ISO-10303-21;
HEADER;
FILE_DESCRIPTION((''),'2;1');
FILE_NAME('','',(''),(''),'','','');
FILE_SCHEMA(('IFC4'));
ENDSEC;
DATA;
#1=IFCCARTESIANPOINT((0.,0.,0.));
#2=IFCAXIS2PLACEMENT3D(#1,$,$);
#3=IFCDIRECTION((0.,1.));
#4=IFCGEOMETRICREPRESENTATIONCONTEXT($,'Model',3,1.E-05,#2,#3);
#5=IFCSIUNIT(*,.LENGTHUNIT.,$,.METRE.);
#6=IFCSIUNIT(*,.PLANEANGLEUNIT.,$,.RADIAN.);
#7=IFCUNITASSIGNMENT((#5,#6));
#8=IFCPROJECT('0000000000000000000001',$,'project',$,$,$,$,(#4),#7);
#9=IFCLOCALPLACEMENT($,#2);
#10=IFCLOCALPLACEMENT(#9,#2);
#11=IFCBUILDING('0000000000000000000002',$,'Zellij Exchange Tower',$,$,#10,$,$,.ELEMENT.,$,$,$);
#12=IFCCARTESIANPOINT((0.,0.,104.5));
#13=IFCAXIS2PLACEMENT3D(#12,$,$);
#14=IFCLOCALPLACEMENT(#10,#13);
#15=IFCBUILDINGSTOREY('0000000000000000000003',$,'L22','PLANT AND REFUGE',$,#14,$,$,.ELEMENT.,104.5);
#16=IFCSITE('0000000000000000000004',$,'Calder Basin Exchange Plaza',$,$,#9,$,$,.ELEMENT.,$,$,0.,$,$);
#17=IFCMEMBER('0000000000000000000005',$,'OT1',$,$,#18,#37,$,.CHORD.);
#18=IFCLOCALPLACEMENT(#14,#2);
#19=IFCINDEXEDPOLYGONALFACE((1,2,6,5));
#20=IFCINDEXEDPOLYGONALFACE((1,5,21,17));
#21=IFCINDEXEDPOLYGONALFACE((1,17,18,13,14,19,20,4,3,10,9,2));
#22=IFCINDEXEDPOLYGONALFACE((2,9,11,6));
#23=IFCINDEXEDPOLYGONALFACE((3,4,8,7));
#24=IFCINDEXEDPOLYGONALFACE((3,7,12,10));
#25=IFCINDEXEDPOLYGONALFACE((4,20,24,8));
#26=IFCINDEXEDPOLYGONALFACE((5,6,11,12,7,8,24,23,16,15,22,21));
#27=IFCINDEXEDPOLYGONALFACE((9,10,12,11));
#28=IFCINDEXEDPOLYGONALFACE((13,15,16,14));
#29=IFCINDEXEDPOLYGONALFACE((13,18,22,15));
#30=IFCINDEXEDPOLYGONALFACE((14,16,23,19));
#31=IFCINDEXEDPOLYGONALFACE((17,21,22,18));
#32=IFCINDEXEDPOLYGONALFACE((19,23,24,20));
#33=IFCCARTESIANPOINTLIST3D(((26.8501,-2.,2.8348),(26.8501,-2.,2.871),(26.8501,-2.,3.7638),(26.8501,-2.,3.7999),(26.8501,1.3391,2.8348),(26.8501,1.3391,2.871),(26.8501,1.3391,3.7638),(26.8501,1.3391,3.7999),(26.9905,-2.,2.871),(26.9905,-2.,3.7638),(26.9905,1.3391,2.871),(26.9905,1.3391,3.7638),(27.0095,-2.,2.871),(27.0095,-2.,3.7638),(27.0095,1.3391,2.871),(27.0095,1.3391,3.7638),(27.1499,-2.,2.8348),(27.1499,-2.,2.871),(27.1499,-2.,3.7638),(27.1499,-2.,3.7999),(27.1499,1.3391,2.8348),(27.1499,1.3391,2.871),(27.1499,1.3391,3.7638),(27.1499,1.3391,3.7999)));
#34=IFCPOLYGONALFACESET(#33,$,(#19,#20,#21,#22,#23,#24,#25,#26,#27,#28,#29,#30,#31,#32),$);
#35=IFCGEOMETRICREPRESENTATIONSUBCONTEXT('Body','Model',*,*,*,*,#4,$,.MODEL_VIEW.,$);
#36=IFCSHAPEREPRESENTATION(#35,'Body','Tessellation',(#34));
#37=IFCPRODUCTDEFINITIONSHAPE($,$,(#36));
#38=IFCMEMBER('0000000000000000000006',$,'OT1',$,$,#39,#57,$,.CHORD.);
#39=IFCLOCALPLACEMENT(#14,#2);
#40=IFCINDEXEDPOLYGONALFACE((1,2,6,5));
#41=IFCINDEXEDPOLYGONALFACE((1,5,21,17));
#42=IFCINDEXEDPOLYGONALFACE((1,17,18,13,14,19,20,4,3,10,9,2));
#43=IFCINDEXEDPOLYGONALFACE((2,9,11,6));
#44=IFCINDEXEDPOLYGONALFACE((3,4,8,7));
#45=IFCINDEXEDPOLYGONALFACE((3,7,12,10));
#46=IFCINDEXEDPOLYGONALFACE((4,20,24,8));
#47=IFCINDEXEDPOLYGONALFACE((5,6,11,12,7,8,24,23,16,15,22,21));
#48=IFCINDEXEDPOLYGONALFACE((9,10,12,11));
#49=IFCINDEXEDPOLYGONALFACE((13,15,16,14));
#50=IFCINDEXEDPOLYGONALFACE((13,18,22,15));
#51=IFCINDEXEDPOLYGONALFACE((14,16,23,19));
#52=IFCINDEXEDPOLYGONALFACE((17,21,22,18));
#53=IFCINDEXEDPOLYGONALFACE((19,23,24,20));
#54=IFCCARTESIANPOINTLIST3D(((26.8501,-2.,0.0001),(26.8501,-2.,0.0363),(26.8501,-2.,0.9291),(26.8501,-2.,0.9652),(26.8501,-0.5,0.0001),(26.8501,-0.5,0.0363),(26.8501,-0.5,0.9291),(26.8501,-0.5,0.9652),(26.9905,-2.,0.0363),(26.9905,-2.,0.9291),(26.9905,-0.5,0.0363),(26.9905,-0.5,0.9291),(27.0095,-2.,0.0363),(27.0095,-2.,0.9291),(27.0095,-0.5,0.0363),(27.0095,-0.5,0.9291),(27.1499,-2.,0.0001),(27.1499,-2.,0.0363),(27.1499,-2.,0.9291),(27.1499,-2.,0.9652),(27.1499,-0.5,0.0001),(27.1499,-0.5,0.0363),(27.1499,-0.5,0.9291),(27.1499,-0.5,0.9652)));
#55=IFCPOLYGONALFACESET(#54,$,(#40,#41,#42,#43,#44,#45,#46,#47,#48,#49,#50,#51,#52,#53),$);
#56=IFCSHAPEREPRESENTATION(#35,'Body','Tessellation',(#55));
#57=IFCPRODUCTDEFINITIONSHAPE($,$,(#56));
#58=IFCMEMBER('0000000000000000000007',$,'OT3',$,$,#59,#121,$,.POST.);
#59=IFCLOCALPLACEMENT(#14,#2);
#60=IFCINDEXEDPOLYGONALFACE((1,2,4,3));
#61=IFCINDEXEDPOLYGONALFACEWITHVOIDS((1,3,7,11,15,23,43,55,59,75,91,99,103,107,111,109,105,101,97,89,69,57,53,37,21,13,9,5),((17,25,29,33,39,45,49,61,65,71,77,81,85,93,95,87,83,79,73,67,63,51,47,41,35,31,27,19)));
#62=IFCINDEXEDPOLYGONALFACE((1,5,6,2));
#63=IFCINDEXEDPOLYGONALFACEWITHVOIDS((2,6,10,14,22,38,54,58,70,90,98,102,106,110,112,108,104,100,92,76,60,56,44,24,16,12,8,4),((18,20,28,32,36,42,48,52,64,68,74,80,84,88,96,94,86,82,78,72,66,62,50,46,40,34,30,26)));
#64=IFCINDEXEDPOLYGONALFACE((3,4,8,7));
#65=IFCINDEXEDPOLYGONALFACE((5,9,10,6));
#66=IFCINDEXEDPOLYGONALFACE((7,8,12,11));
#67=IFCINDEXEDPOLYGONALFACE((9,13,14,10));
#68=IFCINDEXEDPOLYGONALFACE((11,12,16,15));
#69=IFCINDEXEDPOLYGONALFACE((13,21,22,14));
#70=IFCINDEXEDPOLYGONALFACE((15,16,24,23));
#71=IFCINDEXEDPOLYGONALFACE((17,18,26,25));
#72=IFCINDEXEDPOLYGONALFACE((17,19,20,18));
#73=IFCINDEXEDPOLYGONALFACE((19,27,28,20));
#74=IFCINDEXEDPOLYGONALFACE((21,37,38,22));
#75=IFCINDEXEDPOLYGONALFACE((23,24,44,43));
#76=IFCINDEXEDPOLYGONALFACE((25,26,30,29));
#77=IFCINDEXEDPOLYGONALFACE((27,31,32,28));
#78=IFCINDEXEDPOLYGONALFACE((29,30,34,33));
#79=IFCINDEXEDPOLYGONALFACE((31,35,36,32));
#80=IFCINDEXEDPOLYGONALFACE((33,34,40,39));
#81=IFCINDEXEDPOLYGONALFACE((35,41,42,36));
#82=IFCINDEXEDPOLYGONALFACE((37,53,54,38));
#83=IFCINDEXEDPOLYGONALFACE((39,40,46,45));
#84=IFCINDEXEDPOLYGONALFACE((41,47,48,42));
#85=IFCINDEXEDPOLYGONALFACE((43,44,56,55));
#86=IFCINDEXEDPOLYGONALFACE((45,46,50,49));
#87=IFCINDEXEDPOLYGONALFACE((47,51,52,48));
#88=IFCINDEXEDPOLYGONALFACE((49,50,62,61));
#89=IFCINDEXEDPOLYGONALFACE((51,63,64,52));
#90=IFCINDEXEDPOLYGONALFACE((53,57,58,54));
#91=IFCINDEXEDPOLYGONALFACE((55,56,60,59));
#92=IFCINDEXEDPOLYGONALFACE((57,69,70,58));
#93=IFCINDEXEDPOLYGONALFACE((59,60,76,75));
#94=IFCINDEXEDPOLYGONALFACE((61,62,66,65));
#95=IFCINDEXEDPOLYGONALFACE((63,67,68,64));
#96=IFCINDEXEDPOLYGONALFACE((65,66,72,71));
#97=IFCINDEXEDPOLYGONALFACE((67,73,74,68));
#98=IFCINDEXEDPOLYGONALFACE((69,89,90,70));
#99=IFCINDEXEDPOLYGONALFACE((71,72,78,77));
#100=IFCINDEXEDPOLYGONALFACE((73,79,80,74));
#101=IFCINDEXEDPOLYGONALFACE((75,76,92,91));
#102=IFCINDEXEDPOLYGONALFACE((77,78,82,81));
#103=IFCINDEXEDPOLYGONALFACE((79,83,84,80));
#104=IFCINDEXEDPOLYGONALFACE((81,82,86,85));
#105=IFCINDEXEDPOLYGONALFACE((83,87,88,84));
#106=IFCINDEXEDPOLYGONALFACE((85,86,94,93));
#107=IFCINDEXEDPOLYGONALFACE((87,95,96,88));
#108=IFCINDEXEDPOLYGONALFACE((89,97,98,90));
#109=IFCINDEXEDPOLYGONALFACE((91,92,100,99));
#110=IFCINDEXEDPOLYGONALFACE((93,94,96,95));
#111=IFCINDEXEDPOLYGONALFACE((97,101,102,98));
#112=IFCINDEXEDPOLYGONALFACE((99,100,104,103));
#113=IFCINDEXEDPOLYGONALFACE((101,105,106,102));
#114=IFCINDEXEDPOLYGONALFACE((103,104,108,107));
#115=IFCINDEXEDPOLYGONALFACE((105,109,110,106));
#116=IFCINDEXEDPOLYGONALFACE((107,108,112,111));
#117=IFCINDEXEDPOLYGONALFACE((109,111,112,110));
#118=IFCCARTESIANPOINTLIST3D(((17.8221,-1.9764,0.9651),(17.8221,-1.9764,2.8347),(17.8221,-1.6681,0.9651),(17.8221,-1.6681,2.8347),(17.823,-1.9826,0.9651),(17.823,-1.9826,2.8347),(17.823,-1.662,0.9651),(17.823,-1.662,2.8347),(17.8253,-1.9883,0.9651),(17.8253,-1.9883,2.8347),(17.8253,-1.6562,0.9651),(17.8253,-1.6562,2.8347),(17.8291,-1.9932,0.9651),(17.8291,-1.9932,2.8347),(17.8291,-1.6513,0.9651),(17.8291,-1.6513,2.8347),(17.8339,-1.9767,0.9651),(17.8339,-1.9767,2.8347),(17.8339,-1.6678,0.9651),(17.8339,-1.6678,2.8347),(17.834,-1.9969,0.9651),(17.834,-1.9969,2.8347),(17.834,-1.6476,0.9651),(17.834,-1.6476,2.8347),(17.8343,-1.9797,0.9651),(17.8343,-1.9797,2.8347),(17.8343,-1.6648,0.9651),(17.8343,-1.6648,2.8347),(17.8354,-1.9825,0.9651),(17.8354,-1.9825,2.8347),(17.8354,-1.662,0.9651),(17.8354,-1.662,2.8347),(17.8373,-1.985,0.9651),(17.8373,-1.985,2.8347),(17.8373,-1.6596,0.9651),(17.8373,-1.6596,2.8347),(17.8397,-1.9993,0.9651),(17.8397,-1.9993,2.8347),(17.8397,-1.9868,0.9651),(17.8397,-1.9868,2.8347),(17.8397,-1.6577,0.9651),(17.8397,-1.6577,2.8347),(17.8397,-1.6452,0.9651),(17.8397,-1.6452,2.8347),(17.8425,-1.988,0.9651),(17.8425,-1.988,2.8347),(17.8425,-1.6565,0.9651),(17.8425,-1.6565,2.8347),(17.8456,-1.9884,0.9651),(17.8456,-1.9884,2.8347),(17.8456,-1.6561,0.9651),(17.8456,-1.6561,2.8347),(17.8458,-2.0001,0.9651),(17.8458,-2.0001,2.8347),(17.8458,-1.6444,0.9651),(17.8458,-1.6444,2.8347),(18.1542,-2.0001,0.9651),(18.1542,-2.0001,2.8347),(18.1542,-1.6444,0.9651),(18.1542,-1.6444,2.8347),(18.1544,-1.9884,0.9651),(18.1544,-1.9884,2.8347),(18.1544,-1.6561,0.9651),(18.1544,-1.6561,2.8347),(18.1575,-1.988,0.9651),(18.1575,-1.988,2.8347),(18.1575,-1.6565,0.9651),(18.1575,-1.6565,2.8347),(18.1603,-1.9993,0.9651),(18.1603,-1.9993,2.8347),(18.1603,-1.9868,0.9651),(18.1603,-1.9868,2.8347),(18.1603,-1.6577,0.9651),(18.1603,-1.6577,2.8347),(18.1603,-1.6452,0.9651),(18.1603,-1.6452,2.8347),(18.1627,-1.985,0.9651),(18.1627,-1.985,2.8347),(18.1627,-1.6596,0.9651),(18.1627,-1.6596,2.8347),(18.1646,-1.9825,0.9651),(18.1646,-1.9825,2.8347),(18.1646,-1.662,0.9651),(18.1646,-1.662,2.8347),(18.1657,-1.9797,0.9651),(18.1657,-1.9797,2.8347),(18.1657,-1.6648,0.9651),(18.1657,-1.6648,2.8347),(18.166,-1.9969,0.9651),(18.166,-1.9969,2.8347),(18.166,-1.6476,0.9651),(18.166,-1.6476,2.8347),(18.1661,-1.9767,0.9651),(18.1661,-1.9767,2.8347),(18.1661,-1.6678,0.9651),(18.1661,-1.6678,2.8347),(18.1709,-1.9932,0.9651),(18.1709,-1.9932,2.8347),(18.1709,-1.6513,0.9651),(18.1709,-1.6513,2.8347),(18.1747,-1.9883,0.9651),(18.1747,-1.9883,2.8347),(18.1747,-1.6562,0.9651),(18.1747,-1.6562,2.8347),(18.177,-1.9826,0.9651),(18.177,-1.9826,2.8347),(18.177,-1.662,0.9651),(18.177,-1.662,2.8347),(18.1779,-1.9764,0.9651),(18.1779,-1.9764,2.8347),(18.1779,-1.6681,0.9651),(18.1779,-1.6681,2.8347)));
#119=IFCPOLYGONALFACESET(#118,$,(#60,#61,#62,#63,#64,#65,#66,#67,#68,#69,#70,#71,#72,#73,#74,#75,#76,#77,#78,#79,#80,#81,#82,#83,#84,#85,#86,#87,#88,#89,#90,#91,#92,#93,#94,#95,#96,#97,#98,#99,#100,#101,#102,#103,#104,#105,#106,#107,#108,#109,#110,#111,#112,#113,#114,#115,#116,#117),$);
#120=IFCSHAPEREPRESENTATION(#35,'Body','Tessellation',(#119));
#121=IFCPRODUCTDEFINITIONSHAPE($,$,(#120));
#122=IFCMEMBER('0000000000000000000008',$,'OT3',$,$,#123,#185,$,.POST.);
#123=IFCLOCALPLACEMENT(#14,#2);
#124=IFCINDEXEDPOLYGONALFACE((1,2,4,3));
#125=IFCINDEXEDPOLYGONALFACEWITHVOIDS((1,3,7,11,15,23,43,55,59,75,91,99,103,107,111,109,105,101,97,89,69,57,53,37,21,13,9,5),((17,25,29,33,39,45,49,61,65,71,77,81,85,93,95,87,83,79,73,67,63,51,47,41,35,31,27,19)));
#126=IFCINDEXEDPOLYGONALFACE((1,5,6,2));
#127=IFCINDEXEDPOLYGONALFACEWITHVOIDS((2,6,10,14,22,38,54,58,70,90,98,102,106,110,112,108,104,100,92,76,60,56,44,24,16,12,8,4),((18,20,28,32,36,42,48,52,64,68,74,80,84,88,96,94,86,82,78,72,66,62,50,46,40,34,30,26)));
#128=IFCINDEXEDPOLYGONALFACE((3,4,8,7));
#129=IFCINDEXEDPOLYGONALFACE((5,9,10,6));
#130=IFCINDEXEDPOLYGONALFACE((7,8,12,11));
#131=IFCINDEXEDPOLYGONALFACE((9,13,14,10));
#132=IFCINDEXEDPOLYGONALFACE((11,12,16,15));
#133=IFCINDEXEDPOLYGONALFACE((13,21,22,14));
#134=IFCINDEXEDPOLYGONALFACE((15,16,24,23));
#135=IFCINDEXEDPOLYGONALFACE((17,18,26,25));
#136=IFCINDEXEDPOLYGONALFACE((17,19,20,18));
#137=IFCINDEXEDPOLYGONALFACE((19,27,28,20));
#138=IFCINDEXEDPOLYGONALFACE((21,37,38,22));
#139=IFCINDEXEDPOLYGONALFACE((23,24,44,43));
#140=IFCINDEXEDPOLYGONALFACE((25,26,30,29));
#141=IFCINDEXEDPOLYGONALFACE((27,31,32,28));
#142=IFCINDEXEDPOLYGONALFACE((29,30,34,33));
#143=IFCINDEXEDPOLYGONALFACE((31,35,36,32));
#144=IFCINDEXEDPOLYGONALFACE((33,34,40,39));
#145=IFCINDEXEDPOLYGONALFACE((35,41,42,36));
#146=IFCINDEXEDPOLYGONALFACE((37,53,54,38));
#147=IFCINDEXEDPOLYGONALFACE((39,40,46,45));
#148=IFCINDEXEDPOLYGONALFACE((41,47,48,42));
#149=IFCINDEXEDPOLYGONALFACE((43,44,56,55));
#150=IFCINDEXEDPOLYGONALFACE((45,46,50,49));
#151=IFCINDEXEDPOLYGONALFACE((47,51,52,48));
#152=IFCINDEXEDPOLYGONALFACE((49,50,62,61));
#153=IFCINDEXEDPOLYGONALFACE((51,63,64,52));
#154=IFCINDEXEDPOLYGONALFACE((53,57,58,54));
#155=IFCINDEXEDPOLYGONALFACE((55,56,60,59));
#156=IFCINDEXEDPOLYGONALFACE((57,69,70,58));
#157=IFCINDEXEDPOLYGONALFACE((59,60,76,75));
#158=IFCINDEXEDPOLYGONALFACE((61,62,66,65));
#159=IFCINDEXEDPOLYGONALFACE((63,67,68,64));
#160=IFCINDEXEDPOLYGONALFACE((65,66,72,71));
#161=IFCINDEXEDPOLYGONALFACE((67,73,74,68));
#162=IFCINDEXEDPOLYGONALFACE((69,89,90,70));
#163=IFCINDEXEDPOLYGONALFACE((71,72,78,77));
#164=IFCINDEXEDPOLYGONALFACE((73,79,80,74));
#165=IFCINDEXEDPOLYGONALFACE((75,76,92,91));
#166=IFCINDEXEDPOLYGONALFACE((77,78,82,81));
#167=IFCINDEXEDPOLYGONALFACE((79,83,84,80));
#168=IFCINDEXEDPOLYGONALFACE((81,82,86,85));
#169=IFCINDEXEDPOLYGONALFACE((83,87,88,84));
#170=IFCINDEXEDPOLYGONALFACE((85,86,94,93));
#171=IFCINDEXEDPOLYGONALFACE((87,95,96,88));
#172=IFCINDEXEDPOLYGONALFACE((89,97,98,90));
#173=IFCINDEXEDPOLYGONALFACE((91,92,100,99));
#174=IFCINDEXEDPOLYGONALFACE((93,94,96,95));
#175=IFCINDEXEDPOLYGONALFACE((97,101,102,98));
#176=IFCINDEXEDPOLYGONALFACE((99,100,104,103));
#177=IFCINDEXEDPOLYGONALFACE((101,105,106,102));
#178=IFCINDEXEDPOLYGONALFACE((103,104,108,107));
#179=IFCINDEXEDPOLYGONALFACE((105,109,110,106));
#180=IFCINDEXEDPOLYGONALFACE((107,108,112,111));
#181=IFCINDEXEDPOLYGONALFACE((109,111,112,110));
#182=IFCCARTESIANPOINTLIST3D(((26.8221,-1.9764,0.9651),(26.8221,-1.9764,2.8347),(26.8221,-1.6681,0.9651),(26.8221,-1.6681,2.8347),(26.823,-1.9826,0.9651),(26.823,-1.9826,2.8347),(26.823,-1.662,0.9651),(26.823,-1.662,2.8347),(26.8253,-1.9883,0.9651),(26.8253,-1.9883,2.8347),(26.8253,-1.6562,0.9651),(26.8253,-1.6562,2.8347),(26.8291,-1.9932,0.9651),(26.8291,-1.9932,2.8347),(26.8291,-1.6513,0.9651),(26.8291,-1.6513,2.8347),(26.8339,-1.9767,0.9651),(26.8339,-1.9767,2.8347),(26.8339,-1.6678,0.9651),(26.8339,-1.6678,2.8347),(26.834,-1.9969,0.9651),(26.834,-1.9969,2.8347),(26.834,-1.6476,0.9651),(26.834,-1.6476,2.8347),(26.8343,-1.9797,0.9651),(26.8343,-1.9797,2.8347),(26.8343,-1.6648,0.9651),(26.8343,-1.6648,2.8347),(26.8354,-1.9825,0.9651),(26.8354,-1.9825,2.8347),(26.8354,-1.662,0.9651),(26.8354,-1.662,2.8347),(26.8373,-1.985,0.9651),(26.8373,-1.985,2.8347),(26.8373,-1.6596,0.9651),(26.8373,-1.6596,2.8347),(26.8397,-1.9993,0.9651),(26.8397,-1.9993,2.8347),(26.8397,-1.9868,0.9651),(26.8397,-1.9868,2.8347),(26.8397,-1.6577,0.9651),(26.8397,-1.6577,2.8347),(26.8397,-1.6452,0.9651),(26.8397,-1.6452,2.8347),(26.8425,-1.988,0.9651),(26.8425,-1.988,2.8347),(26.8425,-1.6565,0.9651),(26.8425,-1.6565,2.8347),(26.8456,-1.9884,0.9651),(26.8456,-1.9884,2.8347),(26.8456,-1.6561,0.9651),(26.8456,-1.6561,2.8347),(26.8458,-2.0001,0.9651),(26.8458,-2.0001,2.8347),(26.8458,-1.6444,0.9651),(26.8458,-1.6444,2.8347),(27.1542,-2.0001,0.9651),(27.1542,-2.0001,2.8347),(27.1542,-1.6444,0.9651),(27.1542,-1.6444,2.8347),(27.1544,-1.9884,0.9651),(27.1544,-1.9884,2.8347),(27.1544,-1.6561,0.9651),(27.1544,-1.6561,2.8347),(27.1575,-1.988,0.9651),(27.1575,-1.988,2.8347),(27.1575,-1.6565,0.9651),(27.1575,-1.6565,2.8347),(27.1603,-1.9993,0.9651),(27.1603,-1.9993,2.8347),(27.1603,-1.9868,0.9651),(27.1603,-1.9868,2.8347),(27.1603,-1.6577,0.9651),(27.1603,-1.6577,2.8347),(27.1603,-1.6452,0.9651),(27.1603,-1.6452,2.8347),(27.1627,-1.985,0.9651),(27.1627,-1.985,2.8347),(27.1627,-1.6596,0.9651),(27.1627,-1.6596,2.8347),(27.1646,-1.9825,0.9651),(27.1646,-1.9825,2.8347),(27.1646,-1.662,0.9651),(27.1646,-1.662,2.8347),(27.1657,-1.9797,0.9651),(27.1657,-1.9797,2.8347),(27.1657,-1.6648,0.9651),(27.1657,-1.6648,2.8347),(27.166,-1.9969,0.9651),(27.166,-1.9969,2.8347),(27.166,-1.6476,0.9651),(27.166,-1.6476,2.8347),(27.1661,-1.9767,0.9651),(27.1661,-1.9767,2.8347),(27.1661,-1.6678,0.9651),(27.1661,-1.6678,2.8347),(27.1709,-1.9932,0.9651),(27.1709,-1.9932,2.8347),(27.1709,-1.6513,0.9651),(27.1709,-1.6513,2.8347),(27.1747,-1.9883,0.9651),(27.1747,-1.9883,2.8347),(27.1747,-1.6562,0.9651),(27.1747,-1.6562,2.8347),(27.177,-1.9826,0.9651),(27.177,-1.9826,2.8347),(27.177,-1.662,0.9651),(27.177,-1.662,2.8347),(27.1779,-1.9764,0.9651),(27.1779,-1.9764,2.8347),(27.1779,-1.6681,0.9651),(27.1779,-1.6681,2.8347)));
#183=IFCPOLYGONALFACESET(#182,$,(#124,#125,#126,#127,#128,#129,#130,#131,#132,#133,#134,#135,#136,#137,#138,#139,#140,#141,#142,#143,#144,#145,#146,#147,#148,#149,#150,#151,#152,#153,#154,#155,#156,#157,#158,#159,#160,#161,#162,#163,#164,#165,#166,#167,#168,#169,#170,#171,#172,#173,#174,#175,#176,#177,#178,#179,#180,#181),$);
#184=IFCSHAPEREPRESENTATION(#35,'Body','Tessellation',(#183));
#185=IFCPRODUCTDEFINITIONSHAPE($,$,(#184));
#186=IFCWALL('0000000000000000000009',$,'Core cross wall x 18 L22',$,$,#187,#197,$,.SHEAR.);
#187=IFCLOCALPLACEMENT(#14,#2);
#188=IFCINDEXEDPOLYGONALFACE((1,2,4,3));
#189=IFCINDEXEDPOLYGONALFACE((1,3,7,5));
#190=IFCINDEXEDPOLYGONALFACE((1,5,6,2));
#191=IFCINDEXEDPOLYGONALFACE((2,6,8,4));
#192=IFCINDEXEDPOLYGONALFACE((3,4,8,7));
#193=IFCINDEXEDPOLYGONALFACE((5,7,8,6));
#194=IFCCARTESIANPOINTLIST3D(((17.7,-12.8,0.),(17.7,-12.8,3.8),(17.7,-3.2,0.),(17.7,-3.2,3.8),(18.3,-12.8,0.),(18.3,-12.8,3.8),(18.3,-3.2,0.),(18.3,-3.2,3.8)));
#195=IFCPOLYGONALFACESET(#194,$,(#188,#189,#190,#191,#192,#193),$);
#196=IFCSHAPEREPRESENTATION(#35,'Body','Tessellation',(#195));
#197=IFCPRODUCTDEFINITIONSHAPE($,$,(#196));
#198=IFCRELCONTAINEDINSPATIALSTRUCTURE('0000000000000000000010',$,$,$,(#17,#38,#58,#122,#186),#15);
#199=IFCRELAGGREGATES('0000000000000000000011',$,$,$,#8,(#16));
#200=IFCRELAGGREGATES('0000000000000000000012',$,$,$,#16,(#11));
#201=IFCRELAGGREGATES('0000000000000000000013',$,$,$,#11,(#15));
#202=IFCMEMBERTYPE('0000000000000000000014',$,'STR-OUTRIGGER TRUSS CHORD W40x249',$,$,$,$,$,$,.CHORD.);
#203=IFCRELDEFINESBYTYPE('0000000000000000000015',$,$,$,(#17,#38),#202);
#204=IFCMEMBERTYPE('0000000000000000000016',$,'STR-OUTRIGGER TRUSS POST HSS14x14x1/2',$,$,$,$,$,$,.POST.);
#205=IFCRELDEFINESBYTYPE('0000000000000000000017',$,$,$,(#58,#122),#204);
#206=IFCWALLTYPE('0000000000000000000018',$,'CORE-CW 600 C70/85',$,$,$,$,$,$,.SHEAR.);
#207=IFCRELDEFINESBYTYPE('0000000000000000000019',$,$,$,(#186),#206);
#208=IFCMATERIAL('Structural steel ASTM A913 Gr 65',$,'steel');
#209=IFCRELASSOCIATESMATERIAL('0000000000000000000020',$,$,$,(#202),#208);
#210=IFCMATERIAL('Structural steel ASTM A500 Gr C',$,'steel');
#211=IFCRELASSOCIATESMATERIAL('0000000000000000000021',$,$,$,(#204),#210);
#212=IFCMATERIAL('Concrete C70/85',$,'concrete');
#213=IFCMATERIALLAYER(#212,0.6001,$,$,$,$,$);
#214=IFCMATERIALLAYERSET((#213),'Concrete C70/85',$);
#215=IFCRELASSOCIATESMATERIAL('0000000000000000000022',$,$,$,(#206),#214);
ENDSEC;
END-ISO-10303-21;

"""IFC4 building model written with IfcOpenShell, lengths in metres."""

from ifc_helpers import new_model, si_unit, direction, frame, frame_2d, origin, origin_2d, place, context, subcontext, project, spatial, rectangle, hollow_rectangle, i_section, extrude, material, layer, layer_set, material_profile, profile_set, type_object, element, save


model = new_model("IFC4")

# Units and contexts
model_context = context("Model", 3, precision=1e-05, world=origin(), true_north=direction((0.0, 1.0)))
body_context = subcontext(model_context, "Body", "Model", "MODEL_VIEW")
ifc_project = project(units=[si_unit("LENGTHUNIT", "METRE"), si_unit("PLANEANGLEUNIT", "RADIAN")], contexts=[model_context])

# Site, building, storey
site_placement = place(None, origin())
site = spatial("IfcSite", under=ifc_project, at=site_placement, Name="Calder Basin Exchange Plaza", CompositionType="ELEMENT", RefElevation=0.0)
building_placement = place(site_placement, origin())
building = spatial("IfcBuilding", under=site, at=building_placement, Name="Zellij Exchange Tower", CompositionType="ELEMENT")
storey_placement = place(building_placement, frame((0.0, 0.0, 104.5)))
storey = spatial("IfcBuildingStorey", under=building, at=storey_placement, Name="L22", Description="PLANT AND REFUGE", CompositionType="ELEMENT", Elevation=104.5)

# Members
ifc_material_1 = material(Name="Structural steel ASTM A913 Gr 65", Category="steel")
ifc_material_profile_1 = material_profile(ifc_material_1, i_section(OverallWidth=0.2998, OverallDepth=0.9651, WebThickness=0.019, FlangeThickness=0.0361, at=origin_2d()), Name="W40x249")
ifc_profile_set_1 = profile_set([ifc_material_profile_1], Name="Structural steel ASTM A913 Gr 65")
member_type_1 = type_object("IfcMemberType", Name="STR-OUTRIGGER TRUSS CHORD W40x249", PredefinedType="CHORD", material=ifc_profile_set_1)
member_1_placement = place(storey_placement, frame((27.0, -2.0, 3.3174), z_axis=(0.0, 1.0, 0.0), x_axis=(-1.0, 0.0, 0.0)))
element("IfcMember", 1, at=member_1_placement, inside=storey, type_object=member_type_1, Name="OT1", PredefinedType="CHORD", context=body_context, shape_type="SweptSolid", body=[
    extrude(i_section(OverallWidth=0.2998, OverallDepth=0.9651, WebThickness=0.019, FlangeThickness=0.0361, at=origin_2d()), origin(), (0.0, 0.0, 1.0), 3.3391),
])
member_2_placement = place(storey_placement, frame((27.0, -2.0, 0.4827), z_axis=(0.0, 1.0, 0.0), x_axis=(-1.0, 0.0, 0.0)))
element("IfcMember", 2, at=member_2_placement, inside=storey, type_object=member_type_1, Name="OT1", PredefinedType="CHORD", context=body_context, shape_type="SweptSolid", body=[
    extrude(i_section(OverallWidth=0.2998, OverallDepth=0.9651, WebThickness=0.019, FlangeThickness=0.0361, at=origin_2d()), origin(), (0.0, 0.0, 1.0), 1.5),
])
ifc_material_2 = material(Name="Structural steel ASTM A500 Gr C", Category="steel")
ifc_material_profile_2 = material_profile(ifc_material_2, hollow_rectangle(XDim=0.3557, YDim=0.3557, WallThickness=0.0117, InnerFilletRadius=0.0117, OuterFilletRadius=0.0237, at=origin_2d()), Name="STR-OUTRIGGER TRUSS POST HSS14x14x1/2")
ifc_profile_set_2 = profile_set([ifc_material_profile_2], Name="Structural steel ASTM A500 Gr C")
member_type_2 = type_object("IfcMemberType", Name="STR-OUTRIGGER TRUSS POST HSS14x14x1/2", PredefinedType="POST", material=ifc_profile_set_2)
for number, where, z_axis, x_axis, name in (
    (3, (18.0, -1.8223, 0.9651), (0.0, 0.0, 1.0), (1.0, 0.0, 0.0), "OT3"),
    (4, (27.0, -1.8223, 0.9651), (0.0, 0.0, 1.0), (1.0, 0.0, 0.0), "OT3"),
):
    element("IfcMember", number, at=place(storey_placement, frame(where, z_axis=z_axis, x_axis=x_axis)), inside=storey, type_object=member_type_2, Name=name, PredefinedType="POST", context=body_context, shape_type="SweptSolid", body=[
        extrude(hollow_rectangle(XDim=0.3557, YDim=0.3557, WallThickness=0.0117, InnerFilletRadius=0.0117, OuterFilletRadius=0.0237, at=origin_2d()), origin(), (0.0, 0.0, 1.0), 1.8696),
    ])

# Wall
ifc_material_3 = material(Name="Concrete C70/85", Category="concrete")
ifc_layer_1 = layer(ifc_material_3, 0.6001)
ifc_layer_set_1 = layer_set([ifc_layer_1], Name="Concrete C70/85")
wall_type_1 = type_object("IfcWallType", Name="CORE-CW 600 C70/85", PredefinedType="SHEAR", material=ifc_layer_set_1)
wall_1_placement = place(storey_placement, frame((18.0, -12.8, 0.0), z_axis=(0.0, 0.0, 1.0), x_axis=(0.0, 1.0, 0.0)))
element("IfcWall", 5, at=wall_1_placement, inside=storey, type_object=wall_type_1, Name="Core cross wall x 18 L22", PredefinedType="SHEAR", context=body_context, shape_type="SweptSolid", body=[
    extrude(rectangle(XDim=9.6001, YDim=0.6001, at=frame_2d((4.8, 0.0))), origin(), (0.0, 0.0, 1.0), 3.8),
])

save(model, "model.ifc")
